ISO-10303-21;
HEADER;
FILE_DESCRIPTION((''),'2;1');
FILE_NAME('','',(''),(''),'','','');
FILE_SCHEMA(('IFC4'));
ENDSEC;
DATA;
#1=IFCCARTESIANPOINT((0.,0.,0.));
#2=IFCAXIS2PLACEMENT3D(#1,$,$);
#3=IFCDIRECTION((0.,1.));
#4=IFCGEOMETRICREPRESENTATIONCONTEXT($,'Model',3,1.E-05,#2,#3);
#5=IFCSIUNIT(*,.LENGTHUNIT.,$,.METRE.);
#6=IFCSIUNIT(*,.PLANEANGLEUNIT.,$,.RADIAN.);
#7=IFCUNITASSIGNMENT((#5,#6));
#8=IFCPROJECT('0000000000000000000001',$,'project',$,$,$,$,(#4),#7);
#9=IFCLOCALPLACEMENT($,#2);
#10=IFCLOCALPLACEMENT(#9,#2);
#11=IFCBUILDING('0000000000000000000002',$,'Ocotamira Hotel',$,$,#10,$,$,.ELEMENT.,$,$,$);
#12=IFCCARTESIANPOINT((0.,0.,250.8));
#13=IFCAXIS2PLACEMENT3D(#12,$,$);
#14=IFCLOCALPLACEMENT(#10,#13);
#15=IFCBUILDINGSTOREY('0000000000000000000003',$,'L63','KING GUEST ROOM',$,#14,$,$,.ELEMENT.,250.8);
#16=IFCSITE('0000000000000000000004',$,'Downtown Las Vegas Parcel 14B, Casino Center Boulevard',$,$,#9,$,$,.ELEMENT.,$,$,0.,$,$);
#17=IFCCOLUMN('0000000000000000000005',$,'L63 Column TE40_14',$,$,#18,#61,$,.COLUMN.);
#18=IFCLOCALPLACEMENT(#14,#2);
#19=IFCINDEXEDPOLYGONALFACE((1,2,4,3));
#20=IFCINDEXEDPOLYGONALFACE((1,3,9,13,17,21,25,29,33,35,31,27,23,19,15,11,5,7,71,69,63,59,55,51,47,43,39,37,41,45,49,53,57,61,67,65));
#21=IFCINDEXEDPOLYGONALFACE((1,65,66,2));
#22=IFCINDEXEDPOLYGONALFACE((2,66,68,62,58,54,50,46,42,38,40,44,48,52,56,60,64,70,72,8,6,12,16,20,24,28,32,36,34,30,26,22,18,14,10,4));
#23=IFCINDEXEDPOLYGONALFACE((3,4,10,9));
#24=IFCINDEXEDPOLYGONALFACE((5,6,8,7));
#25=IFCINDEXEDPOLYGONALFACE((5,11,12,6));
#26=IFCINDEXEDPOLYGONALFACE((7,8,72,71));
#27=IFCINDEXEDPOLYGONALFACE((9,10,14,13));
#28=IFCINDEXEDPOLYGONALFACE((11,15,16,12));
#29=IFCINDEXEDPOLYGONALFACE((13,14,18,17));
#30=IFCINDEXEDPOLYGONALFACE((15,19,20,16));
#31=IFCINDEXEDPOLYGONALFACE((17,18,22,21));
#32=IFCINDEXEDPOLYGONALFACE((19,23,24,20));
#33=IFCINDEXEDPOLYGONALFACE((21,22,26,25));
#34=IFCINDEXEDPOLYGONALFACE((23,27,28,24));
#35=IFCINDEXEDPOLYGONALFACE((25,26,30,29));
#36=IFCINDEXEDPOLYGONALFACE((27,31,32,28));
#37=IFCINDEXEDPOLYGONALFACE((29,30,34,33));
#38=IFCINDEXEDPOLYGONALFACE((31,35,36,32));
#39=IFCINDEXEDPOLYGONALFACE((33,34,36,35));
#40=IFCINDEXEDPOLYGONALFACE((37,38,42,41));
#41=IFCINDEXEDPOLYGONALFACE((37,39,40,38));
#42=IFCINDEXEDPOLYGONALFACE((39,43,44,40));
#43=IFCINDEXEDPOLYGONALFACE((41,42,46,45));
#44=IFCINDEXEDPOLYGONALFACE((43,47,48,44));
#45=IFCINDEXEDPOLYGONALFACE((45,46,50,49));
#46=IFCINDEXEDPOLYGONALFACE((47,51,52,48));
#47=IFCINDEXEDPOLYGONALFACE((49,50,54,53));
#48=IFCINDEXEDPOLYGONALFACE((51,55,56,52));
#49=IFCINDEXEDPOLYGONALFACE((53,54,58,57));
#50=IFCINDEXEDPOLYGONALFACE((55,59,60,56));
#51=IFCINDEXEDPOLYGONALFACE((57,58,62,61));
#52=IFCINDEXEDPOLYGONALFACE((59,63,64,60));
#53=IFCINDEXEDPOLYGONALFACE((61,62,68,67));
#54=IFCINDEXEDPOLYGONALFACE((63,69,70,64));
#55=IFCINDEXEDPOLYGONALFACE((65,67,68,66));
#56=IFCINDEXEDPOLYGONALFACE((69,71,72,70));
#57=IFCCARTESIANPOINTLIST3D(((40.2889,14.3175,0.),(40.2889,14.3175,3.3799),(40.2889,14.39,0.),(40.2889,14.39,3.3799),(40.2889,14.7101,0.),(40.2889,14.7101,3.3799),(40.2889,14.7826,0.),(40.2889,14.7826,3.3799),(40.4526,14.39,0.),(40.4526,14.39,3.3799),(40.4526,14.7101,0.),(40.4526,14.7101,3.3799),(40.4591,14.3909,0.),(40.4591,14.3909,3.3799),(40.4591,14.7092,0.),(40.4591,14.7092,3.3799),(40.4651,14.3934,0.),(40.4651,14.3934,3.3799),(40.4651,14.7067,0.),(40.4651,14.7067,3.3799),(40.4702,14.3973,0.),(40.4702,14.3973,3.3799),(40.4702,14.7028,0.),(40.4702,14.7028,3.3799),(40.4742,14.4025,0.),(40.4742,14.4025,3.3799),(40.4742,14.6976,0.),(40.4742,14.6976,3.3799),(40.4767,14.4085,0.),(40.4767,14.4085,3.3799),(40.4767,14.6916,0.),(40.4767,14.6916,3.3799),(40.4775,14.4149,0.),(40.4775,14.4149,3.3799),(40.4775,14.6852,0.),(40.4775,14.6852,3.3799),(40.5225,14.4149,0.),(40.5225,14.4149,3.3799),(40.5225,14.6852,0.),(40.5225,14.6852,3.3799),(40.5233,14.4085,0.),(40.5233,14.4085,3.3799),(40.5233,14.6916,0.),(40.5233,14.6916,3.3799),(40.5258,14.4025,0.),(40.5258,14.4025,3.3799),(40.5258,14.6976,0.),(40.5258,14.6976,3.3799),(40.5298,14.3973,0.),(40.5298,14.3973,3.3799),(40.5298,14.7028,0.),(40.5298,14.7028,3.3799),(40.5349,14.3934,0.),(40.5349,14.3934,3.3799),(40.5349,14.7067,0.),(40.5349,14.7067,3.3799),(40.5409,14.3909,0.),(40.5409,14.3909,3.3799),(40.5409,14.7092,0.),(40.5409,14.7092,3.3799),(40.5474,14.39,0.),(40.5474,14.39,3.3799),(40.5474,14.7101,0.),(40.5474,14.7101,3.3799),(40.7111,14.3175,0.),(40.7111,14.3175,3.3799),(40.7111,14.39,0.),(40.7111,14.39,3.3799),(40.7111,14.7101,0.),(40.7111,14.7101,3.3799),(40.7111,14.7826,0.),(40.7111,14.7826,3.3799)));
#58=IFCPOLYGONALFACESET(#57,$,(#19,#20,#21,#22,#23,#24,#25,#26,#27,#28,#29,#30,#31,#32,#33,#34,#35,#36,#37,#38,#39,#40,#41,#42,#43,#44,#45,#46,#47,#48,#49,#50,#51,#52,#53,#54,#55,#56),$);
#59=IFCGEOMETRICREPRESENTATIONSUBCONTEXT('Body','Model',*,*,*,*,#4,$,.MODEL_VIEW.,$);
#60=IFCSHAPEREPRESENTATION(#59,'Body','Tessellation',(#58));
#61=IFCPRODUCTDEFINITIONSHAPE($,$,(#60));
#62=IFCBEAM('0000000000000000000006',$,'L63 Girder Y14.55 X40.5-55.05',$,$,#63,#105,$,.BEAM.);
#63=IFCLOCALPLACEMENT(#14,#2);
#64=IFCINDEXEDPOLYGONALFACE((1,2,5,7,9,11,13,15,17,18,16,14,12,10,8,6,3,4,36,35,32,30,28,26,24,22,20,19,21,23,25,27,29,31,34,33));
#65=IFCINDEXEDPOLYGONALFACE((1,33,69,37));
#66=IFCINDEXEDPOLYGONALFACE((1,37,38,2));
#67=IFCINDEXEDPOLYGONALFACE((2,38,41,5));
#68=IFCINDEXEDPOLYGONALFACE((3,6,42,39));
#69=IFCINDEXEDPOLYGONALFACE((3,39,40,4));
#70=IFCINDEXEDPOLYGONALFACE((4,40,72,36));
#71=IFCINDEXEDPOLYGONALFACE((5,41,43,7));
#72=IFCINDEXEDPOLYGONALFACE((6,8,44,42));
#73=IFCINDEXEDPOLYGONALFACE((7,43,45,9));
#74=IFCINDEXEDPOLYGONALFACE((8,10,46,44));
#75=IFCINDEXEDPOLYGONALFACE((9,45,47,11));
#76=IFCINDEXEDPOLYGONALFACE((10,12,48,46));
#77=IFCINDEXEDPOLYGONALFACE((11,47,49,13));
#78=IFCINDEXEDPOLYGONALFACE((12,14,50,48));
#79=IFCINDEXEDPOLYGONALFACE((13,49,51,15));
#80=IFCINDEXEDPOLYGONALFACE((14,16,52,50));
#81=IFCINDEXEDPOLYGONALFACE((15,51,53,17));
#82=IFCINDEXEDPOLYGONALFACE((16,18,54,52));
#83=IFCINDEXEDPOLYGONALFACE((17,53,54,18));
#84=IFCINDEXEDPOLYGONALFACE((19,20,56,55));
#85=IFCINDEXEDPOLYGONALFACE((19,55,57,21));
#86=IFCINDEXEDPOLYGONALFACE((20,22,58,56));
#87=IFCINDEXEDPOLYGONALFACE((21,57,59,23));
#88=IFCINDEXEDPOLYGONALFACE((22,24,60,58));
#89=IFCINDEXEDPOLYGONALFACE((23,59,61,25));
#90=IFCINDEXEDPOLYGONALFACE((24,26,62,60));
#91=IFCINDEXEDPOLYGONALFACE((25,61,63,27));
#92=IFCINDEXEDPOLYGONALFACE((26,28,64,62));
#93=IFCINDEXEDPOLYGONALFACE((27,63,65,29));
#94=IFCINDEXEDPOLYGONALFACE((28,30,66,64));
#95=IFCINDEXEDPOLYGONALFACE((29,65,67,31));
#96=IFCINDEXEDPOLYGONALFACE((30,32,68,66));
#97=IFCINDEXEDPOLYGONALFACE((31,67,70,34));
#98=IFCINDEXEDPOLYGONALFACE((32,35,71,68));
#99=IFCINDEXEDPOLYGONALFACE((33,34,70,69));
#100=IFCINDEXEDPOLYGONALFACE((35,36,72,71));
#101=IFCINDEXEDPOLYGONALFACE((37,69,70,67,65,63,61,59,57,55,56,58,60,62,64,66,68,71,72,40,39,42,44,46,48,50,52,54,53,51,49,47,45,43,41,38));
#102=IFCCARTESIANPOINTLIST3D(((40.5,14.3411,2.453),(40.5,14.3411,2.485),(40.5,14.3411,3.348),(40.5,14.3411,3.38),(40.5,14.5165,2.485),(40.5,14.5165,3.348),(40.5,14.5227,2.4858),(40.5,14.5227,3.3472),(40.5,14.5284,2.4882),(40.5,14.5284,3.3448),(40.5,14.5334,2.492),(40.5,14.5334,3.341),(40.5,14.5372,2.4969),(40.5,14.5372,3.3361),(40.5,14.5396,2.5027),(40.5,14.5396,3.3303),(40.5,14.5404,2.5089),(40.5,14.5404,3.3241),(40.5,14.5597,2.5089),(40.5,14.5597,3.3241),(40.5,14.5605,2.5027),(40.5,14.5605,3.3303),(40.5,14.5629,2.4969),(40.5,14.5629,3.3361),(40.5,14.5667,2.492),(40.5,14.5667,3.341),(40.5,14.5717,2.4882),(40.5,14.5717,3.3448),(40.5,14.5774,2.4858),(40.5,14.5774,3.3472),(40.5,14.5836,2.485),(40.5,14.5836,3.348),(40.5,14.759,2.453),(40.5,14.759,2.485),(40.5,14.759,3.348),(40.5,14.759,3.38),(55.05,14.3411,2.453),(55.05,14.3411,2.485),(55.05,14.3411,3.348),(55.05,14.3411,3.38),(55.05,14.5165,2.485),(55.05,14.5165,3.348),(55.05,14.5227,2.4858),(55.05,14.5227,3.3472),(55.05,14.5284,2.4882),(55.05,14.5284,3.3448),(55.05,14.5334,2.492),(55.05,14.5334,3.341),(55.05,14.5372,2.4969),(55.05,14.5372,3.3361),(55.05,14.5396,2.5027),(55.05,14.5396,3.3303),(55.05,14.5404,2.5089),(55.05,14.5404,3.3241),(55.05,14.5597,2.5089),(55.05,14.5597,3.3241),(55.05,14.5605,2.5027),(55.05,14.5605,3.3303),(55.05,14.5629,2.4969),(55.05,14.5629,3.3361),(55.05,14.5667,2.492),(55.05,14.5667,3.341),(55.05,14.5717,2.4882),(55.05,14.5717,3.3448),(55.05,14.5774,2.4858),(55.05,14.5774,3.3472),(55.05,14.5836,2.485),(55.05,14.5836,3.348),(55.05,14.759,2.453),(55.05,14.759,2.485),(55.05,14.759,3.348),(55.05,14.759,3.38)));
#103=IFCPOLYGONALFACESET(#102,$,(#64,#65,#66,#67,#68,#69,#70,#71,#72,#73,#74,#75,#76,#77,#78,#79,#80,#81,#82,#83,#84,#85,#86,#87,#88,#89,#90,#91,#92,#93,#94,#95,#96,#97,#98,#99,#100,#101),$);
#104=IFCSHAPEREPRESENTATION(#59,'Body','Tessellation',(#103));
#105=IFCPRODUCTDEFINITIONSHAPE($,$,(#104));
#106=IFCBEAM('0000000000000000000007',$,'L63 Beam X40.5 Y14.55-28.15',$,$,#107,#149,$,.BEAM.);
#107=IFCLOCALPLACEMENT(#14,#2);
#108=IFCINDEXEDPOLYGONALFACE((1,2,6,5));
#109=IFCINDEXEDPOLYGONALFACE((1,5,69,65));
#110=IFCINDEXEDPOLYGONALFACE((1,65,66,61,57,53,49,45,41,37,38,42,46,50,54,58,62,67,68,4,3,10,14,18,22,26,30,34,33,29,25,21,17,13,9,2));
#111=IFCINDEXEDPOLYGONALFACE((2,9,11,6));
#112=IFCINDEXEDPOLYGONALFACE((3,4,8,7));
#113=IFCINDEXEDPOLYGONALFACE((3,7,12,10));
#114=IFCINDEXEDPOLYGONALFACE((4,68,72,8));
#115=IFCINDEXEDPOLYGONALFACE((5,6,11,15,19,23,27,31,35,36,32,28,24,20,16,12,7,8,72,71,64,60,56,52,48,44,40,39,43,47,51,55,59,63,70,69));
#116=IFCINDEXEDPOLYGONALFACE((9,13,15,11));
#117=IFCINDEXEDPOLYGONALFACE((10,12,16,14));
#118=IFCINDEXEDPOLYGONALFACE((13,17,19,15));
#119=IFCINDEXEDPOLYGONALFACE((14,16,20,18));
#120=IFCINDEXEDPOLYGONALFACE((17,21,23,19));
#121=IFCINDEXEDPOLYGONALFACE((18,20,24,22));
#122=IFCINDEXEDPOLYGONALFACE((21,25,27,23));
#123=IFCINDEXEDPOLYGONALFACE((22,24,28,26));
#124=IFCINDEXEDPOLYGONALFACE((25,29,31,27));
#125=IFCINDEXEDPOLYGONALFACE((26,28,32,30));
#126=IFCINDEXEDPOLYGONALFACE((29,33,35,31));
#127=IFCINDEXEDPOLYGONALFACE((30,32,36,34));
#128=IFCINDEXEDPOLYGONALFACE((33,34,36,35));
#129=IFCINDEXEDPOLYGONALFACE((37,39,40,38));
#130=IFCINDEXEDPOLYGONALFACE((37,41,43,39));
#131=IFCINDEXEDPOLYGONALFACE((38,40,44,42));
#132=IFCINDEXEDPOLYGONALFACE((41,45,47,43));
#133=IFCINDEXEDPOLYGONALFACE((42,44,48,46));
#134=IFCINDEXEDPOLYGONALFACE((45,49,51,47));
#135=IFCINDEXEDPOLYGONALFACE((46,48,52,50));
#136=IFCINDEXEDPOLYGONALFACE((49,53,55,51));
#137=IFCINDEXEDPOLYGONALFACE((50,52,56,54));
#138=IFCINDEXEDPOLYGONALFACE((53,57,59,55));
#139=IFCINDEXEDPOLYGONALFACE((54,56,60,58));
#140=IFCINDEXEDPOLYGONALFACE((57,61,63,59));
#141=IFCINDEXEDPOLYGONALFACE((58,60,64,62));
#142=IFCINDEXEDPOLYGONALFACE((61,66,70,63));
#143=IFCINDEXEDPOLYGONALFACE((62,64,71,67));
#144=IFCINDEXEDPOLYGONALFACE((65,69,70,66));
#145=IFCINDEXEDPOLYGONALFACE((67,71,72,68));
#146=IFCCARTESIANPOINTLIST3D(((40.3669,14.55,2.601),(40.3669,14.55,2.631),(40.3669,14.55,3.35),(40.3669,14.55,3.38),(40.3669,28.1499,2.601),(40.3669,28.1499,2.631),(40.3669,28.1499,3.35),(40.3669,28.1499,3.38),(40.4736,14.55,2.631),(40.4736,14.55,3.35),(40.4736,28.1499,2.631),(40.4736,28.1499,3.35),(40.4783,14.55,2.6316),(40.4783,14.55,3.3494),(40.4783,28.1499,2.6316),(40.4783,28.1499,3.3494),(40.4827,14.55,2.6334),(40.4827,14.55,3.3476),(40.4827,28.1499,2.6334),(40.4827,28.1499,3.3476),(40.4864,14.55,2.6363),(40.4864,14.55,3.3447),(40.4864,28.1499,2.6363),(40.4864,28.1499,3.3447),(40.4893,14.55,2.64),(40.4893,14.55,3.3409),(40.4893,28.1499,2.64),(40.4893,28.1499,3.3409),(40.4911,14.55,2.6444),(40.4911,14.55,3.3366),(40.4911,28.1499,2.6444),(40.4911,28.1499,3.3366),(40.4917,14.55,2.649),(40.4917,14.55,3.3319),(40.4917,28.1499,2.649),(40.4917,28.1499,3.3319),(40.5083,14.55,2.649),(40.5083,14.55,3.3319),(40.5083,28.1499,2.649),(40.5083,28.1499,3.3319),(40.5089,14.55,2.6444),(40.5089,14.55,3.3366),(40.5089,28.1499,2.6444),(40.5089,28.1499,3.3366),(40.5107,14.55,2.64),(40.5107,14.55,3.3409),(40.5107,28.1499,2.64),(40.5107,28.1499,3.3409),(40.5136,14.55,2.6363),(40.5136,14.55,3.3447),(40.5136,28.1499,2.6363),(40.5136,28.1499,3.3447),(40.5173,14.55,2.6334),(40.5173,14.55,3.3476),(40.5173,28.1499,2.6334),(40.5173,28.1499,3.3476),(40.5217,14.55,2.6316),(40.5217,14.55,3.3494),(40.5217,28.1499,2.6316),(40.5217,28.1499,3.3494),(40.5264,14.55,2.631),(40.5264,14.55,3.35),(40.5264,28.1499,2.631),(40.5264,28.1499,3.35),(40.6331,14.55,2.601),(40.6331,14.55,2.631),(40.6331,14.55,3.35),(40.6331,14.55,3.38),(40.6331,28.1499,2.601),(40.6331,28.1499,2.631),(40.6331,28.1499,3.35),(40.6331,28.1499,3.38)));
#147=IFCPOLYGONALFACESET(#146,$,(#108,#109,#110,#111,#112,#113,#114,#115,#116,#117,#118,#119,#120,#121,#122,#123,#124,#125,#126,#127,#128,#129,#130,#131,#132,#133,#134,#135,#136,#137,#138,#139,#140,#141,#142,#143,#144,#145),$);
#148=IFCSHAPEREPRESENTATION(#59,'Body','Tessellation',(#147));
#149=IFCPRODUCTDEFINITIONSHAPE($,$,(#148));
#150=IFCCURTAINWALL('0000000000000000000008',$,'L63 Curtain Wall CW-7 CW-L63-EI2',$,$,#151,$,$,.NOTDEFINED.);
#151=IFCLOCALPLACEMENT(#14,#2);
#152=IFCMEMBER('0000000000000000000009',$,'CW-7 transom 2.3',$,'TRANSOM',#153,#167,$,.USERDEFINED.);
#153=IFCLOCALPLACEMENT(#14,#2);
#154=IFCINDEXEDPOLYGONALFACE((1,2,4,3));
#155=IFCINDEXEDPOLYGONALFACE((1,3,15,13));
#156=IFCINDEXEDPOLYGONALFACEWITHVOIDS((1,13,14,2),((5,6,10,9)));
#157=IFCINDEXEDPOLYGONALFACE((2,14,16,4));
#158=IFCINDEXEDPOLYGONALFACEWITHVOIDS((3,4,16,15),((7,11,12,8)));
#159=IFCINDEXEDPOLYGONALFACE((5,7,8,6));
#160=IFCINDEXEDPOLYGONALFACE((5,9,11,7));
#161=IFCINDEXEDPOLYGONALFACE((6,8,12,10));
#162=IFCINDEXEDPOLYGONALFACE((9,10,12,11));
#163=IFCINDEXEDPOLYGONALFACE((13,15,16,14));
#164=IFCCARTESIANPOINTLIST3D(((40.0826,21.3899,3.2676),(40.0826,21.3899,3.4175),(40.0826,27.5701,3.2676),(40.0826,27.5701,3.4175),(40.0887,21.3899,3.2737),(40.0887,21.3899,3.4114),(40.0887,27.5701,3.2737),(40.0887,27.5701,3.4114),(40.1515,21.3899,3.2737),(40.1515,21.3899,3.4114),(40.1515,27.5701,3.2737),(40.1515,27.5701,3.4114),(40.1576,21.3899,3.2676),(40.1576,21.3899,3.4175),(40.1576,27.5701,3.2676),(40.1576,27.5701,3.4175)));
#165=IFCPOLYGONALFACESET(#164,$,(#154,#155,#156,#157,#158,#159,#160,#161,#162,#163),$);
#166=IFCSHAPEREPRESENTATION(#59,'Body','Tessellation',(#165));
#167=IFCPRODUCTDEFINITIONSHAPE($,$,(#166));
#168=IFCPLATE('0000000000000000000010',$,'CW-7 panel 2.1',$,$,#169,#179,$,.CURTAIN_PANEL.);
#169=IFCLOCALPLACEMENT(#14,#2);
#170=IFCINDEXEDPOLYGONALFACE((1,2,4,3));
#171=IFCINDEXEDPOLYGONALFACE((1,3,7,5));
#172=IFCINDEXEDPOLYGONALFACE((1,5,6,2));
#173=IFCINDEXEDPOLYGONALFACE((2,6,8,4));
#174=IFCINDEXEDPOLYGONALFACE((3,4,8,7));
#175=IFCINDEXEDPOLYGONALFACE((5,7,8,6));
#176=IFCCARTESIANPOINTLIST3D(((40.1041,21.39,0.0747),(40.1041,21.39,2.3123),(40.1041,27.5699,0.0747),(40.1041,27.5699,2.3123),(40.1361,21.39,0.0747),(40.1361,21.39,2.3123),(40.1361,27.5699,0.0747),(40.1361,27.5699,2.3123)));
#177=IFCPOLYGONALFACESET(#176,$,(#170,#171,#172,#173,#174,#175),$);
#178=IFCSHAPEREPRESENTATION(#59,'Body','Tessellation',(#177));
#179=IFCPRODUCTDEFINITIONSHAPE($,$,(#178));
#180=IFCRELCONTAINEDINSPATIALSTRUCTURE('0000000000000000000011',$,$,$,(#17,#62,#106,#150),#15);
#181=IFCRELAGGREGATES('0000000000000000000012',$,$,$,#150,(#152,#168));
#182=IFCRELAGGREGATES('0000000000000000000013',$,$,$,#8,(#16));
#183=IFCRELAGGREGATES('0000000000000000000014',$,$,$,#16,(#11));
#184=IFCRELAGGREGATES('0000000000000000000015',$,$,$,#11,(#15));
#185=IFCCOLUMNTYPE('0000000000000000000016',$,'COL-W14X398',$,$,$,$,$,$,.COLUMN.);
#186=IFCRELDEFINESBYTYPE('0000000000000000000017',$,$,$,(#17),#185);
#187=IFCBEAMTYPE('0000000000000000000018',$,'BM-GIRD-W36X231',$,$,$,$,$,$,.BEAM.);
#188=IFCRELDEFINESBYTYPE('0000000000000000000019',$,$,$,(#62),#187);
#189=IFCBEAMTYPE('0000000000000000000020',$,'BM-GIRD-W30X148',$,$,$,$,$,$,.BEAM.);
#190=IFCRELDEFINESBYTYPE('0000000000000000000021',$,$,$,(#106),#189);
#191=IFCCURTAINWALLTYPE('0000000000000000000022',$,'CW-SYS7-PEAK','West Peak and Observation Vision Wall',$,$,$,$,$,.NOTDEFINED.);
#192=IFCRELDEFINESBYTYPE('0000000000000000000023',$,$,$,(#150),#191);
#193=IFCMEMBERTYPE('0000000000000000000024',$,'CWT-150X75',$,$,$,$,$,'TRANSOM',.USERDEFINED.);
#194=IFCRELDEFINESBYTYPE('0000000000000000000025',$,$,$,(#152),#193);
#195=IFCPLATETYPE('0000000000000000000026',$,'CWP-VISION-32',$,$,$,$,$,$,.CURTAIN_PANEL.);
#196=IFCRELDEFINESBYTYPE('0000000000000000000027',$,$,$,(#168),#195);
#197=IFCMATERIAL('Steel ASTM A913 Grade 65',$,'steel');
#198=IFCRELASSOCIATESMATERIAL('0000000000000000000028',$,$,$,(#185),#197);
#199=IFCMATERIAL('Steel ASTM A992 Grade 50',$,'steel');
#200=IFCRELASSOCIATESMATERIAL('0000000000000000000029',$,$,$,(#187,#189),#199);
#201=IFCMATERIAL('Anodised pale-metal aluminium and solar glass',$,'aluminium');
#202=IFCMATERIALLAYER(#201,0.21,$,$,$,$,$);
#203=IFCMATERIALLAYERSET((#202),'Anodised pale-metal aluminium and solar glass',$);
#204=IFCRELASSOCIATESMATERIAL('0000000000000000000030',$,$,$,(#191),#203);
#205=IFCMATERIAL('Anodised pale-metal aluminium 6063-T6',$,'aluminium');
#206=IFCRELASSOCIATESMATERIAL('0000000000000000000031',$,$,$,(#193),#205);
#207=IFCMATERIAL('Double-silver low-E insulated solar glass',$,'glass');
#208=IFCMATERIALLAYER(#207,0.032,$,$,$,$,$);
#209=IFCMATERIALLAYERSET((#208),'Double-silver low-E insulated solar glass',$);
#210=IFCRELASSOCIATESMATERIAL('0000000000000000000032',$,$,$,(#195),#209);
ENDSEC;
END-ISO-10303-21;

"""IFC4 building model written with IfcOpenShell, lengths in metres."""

from ifc_helpers import new_model, si_unit, direction, frame, origin, origin_2d, place, context, subcontext, project, spatial, rectangle, hollow_rectangle, i_section, extrude, source, transform, mapped, material, layer, layer_set, material_profile, profile_set, type_object, element, aggregate, save


model = new_model("IFC4")

# Units and contexts
model_context = context("Model", 3, precision=1e-05, world=origin(), true_north=direction((0.0, 1.0)))
body_context = subcontext(model_context, "Body", "Model", "MODEL_VIEW")
ifc_project = project(units=[si_unit("LENGTHUNIT", "METRE"), si_unit("PLANEANGLEUNIT", "RADIAN")], contexts=[model_context])

# Site, building, storey
site_placement = place(None, origin())
site = spatial("IfcSite", under=ifc_project, at=site_placement, Name="Downtown Las Vegas Parcel 14B, Casino Center Boulevard", CompositionType="ELEMENT", RefElevation=0.0)
building_placement = place(site_placement, origin())
building = spatial("IfcBuilding", under=site, at=building_placement, Name="Ocotamira Hotel", CompositionType="ELEMENT")
storey_placement = place(building_placement, frame((0.0, 0.0, 250.8)))
storey = spatial("IfcBuildingStorey", under=building, at=storey_placement, Name="L63", Description="KING GUEST ROOM", CompositionType="ELEMENT", Elevation=250.8)

# Column
ifc_material_1 = material(Name="Steel ASTM A913 Grade 65", Category="steel")
ifc_material_profile_1 = material_profile(ifc_material_1, i_section(OverallWidth=0.4221, OverallDepth=0.4651, WebThickness=0.0449, FlangeThickness=0.0725, FilletRadius=0.0249, at=origin_2d()), Name="W14X398")
ifc_profile_set_1 = profile_set([ifc_material_profile_1], Name="Steel ASTM A913 Grade 65")
column_type = type_object("IfcColumnType", Name="COL-W14X398", PredefinedType="COLUMN", material=ifc_profile_set_1)
shared_shape_1 = source(origin(), body_context, "Body", "SweptSolid", [
    extrude(i_section(OverallWidth=0.4221, OverallDepth=0.4651, WebThickness=0.0449, FlangeThickness=0.0725, FilletRadius=0.0249, at=origin_2d()), origin(), (0.0, 0.0, 1.0), 3.3799),
])
column_placement = place(storey_placement, frame((40.5, 14.55, 0.0), z_axis=(0.0, 0.0, 1.0), x_axis=(1.0, 0.0, 0.0)))
element("IfcColumn", 1, at=column_placement, inside=storey, type_object=column_type, Name="L63 Column TE40_14", PredefinedType="COLUMN", context=body_context, shape_type="MappedRepresentation", body=[
    mapped(shared_shape_1, transform((0.0, 0.0, 0.0), scale=1.0)),
])

# Beams
ifc_material_2 = material(Name="Steel ASTM A992 Grade 50", Category="steel")
ifc_material_profile_2 = material_profile(ifc_material_2, i_section(OverallWidth=0.418, OverallDepth=0.927, WebThickness=0.0193, FlangeThickness=0.032, FilletRadius=0.0239, at=origin_2d()), Name="W36X231")
ifc_profile_set_2 = profile_set([ifc_material_profile_2], Name="Steel ASTM A992 Grade 50")
beam_type_1 = type_object("IfcBeamType", Name="BM-GIRD-W36X231", PredefinedType="BEAM", material=ifc_profile_set_2)
shared_shape_2 = source(origin(), body_context, "Body", "SweptSolid", [
    extrude(i_section(OverallWidth=0.418, OverallDepth=0.927, WebThickness=0.0193, FlangeThickness=0.032, FilletRadius=0.0239, at=origin_2d()), origin(), (0.0, 0.0, 1.0), 14.55),
])
beam_1_placement = place(storey_placement, frame((40.5, 14.55, 2.9165), z_axis=(1.0, 0.0, 0.0), x_axis=(0.0, 1.0, 0.0)))
element("IfcBeam", 2, at=beam_1_placement, inside=storey, type_object=beam_type_1, Name="L63 Girder Y14.55 X40.5-55.05", PredefinedType="BEAM", context=body_context, shape_type="MappedRepresentation", body=[
    mapped(shared_shape_2, transform((0.0, 0.0, 0.0), scale=1.0)),
])
ifc_material_profile_3 = material_profile(ifc_material_2, i_section(OverallWidth=0.2661, OverallDepth=0.7791, WebThickness=0.0166, FlangeThickness=0.03, FilletRadius=0.0181, at=origin_2d()), Name="W30X148")
ifc_profile_set_3 = profile_set([ifc_material_profile_3], Name="Steel ASTM A992 Grade 50")
beam_type_2 = type_object("IfcBeamType", Name="BM-GIRD-W30X148", PredefinedType="BEAM", material=ifc_profile_set_3)
shared_shape_3 = source(origin(), body_context, "Body", "SweptSolid", [
    extrude(i_section(OverallWidth=0.2661, OverallDepth=0.7791, WebThickness=0.0166, FlangeThickness=0.03, FilletRadius=0.0181, at=origin_2d()), origin(), (0.0, 0.0, 1.0), 13.5999),
])
beam_2_placement = place(storey_placement, frame((40.5, 14.55, 2.9905), z_axis=(0.0, 1.0, 0.0), x_axis=(-1.0, 0.0, 0.0)))
element("IfcBeam", 3, at=beam_2_placement, inside=storey, type_object=beam_type_2, Name="L63 Beam X40.5 Y14.55-28.15", PredefinedType="BEAM", context=body_context, shape_type="MappedRepresentation", body=[
    mapped(shared_shape_3, transform((0.0, 0.0, 0.0), scale=1.0)),
])

# Curtain wall, member, plate
ifc_material_3 = material(Name="Anodised pale-metal aluminium and solar glass", Category="aluminium")
ifc_layer_1 = layer(ifc_material_3, 0.21)
ifc_layer_set_1 = layer_set([ifc_layer_1], Name="Anodised pale-metal aluminium and solar glass")
curtain_wall_type = type_object("IfcCurtainWallType", Name="CW-SYS7-PEAK", Description="West Peak and Observation Vision Wall", PredefinedType="NOTDEFINED", material=ifc_layer_set_1)
curtain_wall_placement = place(storey_placement, origin())
curtain_wall = element("IfcCurtainWall", 4, at=curtain_wall_placement, inside=storey, type_object=curtain_wall_type, Name="L63 Curtain Wall CW-7 CW-L63-EI2", PredefinedType="NOTDEFINED")
ifc_material_4 = material(Name="Anodised pale-metal aluminium 6063-T6", Category="aluminium")
ifc_material_profile_4 = material_profile(ifc_material_4, hollow_rectangle(XDim=0.075, YDim=0.1499, WallThickness=0.0061, at=origin_2d()), Name="HSS150X75X6")
ifc_profile_set_4 = profile_set([ifc_material_profile_4], Name="Anodised pale-metal aluminium 6063-T6")
member_type = type_object("IfcMemberType", Name="CWT-150X75", ElementType="TRANSOM", PredefinedType="USERDEFINED", material=ifc_profile_set_4)
shared_shape_4 = source(origin(), body_context, "Body", "SweptSolid", [
    extrude(hollow_rectangle(XDim=0.075, YDim=0.1499, WallThickness=0.0061, at=origin_2d()), origin(), (0.0, 0.0, 1.0), 6.1802),
])
member_placement = place(storey_placement, frame((40.1201, 21.3899, 3.3425), z_axis=(0.0, 1.0, 0.0), x_axis=(-1.0, 0.0, 0.0)))
member = element("IfcMember", 5, at=member_placement, type_object=member_type, Name="CW-7 transom 2.3", ObjectType="TRANSOM", PredefinedType="USERDEFINED", context=body_context, shape_type="MappedRepresentation", body=[
    mapped(shared_shape_4, transform((0.0, 0.0, 0.0), scale=1.0)),
])
ifc_material_5 = material(Name="Double-silver low-E insulated solar glass", Category="glass")
ifc_layer_2 = layer(ifc_material_5, 0.032)
ifc_layer_set_2 = layer_set([ifc_layer_2], Name="Double-silver low-E insulated solar glass")
plate_type = type_object("IfcPlateType", Name="CWP-VISION-32", PredefinedType="CURTAIN_PANEL", material=ifc_layer_set_2)
shared_shape_5 = source(origin(), body_context, "Body", "SweptSolid", [
    extrude(rectangle(XDim=6.1799, YDim=0.032, at=origin_2d()), origin(), (0.0, 0.0, 1.0), 2.2375),
])
plate_1_placement = place(storey_placement, frame((40.1201, 24.48, 0.0747), z_axis=(0.0, 0.0, 1.0), x_axis=(0.0, 1.0, 0.0)))
plate_1 = element("IfcPlate", 6, at=plate_1_placement, type_object=plate_type, Name="CW-7 panel 2.1", PredefinedType="CURTAIN_PANEL", context=body_context, shape_type="MappedRepresentation", body=[
    mapped(shared_shape_5, transform((0.0, 0.0, 0.0), scale=1.0)),
])
aggregate(curtain_wall, [member, plate_1])

save(model, "model.ifc")
